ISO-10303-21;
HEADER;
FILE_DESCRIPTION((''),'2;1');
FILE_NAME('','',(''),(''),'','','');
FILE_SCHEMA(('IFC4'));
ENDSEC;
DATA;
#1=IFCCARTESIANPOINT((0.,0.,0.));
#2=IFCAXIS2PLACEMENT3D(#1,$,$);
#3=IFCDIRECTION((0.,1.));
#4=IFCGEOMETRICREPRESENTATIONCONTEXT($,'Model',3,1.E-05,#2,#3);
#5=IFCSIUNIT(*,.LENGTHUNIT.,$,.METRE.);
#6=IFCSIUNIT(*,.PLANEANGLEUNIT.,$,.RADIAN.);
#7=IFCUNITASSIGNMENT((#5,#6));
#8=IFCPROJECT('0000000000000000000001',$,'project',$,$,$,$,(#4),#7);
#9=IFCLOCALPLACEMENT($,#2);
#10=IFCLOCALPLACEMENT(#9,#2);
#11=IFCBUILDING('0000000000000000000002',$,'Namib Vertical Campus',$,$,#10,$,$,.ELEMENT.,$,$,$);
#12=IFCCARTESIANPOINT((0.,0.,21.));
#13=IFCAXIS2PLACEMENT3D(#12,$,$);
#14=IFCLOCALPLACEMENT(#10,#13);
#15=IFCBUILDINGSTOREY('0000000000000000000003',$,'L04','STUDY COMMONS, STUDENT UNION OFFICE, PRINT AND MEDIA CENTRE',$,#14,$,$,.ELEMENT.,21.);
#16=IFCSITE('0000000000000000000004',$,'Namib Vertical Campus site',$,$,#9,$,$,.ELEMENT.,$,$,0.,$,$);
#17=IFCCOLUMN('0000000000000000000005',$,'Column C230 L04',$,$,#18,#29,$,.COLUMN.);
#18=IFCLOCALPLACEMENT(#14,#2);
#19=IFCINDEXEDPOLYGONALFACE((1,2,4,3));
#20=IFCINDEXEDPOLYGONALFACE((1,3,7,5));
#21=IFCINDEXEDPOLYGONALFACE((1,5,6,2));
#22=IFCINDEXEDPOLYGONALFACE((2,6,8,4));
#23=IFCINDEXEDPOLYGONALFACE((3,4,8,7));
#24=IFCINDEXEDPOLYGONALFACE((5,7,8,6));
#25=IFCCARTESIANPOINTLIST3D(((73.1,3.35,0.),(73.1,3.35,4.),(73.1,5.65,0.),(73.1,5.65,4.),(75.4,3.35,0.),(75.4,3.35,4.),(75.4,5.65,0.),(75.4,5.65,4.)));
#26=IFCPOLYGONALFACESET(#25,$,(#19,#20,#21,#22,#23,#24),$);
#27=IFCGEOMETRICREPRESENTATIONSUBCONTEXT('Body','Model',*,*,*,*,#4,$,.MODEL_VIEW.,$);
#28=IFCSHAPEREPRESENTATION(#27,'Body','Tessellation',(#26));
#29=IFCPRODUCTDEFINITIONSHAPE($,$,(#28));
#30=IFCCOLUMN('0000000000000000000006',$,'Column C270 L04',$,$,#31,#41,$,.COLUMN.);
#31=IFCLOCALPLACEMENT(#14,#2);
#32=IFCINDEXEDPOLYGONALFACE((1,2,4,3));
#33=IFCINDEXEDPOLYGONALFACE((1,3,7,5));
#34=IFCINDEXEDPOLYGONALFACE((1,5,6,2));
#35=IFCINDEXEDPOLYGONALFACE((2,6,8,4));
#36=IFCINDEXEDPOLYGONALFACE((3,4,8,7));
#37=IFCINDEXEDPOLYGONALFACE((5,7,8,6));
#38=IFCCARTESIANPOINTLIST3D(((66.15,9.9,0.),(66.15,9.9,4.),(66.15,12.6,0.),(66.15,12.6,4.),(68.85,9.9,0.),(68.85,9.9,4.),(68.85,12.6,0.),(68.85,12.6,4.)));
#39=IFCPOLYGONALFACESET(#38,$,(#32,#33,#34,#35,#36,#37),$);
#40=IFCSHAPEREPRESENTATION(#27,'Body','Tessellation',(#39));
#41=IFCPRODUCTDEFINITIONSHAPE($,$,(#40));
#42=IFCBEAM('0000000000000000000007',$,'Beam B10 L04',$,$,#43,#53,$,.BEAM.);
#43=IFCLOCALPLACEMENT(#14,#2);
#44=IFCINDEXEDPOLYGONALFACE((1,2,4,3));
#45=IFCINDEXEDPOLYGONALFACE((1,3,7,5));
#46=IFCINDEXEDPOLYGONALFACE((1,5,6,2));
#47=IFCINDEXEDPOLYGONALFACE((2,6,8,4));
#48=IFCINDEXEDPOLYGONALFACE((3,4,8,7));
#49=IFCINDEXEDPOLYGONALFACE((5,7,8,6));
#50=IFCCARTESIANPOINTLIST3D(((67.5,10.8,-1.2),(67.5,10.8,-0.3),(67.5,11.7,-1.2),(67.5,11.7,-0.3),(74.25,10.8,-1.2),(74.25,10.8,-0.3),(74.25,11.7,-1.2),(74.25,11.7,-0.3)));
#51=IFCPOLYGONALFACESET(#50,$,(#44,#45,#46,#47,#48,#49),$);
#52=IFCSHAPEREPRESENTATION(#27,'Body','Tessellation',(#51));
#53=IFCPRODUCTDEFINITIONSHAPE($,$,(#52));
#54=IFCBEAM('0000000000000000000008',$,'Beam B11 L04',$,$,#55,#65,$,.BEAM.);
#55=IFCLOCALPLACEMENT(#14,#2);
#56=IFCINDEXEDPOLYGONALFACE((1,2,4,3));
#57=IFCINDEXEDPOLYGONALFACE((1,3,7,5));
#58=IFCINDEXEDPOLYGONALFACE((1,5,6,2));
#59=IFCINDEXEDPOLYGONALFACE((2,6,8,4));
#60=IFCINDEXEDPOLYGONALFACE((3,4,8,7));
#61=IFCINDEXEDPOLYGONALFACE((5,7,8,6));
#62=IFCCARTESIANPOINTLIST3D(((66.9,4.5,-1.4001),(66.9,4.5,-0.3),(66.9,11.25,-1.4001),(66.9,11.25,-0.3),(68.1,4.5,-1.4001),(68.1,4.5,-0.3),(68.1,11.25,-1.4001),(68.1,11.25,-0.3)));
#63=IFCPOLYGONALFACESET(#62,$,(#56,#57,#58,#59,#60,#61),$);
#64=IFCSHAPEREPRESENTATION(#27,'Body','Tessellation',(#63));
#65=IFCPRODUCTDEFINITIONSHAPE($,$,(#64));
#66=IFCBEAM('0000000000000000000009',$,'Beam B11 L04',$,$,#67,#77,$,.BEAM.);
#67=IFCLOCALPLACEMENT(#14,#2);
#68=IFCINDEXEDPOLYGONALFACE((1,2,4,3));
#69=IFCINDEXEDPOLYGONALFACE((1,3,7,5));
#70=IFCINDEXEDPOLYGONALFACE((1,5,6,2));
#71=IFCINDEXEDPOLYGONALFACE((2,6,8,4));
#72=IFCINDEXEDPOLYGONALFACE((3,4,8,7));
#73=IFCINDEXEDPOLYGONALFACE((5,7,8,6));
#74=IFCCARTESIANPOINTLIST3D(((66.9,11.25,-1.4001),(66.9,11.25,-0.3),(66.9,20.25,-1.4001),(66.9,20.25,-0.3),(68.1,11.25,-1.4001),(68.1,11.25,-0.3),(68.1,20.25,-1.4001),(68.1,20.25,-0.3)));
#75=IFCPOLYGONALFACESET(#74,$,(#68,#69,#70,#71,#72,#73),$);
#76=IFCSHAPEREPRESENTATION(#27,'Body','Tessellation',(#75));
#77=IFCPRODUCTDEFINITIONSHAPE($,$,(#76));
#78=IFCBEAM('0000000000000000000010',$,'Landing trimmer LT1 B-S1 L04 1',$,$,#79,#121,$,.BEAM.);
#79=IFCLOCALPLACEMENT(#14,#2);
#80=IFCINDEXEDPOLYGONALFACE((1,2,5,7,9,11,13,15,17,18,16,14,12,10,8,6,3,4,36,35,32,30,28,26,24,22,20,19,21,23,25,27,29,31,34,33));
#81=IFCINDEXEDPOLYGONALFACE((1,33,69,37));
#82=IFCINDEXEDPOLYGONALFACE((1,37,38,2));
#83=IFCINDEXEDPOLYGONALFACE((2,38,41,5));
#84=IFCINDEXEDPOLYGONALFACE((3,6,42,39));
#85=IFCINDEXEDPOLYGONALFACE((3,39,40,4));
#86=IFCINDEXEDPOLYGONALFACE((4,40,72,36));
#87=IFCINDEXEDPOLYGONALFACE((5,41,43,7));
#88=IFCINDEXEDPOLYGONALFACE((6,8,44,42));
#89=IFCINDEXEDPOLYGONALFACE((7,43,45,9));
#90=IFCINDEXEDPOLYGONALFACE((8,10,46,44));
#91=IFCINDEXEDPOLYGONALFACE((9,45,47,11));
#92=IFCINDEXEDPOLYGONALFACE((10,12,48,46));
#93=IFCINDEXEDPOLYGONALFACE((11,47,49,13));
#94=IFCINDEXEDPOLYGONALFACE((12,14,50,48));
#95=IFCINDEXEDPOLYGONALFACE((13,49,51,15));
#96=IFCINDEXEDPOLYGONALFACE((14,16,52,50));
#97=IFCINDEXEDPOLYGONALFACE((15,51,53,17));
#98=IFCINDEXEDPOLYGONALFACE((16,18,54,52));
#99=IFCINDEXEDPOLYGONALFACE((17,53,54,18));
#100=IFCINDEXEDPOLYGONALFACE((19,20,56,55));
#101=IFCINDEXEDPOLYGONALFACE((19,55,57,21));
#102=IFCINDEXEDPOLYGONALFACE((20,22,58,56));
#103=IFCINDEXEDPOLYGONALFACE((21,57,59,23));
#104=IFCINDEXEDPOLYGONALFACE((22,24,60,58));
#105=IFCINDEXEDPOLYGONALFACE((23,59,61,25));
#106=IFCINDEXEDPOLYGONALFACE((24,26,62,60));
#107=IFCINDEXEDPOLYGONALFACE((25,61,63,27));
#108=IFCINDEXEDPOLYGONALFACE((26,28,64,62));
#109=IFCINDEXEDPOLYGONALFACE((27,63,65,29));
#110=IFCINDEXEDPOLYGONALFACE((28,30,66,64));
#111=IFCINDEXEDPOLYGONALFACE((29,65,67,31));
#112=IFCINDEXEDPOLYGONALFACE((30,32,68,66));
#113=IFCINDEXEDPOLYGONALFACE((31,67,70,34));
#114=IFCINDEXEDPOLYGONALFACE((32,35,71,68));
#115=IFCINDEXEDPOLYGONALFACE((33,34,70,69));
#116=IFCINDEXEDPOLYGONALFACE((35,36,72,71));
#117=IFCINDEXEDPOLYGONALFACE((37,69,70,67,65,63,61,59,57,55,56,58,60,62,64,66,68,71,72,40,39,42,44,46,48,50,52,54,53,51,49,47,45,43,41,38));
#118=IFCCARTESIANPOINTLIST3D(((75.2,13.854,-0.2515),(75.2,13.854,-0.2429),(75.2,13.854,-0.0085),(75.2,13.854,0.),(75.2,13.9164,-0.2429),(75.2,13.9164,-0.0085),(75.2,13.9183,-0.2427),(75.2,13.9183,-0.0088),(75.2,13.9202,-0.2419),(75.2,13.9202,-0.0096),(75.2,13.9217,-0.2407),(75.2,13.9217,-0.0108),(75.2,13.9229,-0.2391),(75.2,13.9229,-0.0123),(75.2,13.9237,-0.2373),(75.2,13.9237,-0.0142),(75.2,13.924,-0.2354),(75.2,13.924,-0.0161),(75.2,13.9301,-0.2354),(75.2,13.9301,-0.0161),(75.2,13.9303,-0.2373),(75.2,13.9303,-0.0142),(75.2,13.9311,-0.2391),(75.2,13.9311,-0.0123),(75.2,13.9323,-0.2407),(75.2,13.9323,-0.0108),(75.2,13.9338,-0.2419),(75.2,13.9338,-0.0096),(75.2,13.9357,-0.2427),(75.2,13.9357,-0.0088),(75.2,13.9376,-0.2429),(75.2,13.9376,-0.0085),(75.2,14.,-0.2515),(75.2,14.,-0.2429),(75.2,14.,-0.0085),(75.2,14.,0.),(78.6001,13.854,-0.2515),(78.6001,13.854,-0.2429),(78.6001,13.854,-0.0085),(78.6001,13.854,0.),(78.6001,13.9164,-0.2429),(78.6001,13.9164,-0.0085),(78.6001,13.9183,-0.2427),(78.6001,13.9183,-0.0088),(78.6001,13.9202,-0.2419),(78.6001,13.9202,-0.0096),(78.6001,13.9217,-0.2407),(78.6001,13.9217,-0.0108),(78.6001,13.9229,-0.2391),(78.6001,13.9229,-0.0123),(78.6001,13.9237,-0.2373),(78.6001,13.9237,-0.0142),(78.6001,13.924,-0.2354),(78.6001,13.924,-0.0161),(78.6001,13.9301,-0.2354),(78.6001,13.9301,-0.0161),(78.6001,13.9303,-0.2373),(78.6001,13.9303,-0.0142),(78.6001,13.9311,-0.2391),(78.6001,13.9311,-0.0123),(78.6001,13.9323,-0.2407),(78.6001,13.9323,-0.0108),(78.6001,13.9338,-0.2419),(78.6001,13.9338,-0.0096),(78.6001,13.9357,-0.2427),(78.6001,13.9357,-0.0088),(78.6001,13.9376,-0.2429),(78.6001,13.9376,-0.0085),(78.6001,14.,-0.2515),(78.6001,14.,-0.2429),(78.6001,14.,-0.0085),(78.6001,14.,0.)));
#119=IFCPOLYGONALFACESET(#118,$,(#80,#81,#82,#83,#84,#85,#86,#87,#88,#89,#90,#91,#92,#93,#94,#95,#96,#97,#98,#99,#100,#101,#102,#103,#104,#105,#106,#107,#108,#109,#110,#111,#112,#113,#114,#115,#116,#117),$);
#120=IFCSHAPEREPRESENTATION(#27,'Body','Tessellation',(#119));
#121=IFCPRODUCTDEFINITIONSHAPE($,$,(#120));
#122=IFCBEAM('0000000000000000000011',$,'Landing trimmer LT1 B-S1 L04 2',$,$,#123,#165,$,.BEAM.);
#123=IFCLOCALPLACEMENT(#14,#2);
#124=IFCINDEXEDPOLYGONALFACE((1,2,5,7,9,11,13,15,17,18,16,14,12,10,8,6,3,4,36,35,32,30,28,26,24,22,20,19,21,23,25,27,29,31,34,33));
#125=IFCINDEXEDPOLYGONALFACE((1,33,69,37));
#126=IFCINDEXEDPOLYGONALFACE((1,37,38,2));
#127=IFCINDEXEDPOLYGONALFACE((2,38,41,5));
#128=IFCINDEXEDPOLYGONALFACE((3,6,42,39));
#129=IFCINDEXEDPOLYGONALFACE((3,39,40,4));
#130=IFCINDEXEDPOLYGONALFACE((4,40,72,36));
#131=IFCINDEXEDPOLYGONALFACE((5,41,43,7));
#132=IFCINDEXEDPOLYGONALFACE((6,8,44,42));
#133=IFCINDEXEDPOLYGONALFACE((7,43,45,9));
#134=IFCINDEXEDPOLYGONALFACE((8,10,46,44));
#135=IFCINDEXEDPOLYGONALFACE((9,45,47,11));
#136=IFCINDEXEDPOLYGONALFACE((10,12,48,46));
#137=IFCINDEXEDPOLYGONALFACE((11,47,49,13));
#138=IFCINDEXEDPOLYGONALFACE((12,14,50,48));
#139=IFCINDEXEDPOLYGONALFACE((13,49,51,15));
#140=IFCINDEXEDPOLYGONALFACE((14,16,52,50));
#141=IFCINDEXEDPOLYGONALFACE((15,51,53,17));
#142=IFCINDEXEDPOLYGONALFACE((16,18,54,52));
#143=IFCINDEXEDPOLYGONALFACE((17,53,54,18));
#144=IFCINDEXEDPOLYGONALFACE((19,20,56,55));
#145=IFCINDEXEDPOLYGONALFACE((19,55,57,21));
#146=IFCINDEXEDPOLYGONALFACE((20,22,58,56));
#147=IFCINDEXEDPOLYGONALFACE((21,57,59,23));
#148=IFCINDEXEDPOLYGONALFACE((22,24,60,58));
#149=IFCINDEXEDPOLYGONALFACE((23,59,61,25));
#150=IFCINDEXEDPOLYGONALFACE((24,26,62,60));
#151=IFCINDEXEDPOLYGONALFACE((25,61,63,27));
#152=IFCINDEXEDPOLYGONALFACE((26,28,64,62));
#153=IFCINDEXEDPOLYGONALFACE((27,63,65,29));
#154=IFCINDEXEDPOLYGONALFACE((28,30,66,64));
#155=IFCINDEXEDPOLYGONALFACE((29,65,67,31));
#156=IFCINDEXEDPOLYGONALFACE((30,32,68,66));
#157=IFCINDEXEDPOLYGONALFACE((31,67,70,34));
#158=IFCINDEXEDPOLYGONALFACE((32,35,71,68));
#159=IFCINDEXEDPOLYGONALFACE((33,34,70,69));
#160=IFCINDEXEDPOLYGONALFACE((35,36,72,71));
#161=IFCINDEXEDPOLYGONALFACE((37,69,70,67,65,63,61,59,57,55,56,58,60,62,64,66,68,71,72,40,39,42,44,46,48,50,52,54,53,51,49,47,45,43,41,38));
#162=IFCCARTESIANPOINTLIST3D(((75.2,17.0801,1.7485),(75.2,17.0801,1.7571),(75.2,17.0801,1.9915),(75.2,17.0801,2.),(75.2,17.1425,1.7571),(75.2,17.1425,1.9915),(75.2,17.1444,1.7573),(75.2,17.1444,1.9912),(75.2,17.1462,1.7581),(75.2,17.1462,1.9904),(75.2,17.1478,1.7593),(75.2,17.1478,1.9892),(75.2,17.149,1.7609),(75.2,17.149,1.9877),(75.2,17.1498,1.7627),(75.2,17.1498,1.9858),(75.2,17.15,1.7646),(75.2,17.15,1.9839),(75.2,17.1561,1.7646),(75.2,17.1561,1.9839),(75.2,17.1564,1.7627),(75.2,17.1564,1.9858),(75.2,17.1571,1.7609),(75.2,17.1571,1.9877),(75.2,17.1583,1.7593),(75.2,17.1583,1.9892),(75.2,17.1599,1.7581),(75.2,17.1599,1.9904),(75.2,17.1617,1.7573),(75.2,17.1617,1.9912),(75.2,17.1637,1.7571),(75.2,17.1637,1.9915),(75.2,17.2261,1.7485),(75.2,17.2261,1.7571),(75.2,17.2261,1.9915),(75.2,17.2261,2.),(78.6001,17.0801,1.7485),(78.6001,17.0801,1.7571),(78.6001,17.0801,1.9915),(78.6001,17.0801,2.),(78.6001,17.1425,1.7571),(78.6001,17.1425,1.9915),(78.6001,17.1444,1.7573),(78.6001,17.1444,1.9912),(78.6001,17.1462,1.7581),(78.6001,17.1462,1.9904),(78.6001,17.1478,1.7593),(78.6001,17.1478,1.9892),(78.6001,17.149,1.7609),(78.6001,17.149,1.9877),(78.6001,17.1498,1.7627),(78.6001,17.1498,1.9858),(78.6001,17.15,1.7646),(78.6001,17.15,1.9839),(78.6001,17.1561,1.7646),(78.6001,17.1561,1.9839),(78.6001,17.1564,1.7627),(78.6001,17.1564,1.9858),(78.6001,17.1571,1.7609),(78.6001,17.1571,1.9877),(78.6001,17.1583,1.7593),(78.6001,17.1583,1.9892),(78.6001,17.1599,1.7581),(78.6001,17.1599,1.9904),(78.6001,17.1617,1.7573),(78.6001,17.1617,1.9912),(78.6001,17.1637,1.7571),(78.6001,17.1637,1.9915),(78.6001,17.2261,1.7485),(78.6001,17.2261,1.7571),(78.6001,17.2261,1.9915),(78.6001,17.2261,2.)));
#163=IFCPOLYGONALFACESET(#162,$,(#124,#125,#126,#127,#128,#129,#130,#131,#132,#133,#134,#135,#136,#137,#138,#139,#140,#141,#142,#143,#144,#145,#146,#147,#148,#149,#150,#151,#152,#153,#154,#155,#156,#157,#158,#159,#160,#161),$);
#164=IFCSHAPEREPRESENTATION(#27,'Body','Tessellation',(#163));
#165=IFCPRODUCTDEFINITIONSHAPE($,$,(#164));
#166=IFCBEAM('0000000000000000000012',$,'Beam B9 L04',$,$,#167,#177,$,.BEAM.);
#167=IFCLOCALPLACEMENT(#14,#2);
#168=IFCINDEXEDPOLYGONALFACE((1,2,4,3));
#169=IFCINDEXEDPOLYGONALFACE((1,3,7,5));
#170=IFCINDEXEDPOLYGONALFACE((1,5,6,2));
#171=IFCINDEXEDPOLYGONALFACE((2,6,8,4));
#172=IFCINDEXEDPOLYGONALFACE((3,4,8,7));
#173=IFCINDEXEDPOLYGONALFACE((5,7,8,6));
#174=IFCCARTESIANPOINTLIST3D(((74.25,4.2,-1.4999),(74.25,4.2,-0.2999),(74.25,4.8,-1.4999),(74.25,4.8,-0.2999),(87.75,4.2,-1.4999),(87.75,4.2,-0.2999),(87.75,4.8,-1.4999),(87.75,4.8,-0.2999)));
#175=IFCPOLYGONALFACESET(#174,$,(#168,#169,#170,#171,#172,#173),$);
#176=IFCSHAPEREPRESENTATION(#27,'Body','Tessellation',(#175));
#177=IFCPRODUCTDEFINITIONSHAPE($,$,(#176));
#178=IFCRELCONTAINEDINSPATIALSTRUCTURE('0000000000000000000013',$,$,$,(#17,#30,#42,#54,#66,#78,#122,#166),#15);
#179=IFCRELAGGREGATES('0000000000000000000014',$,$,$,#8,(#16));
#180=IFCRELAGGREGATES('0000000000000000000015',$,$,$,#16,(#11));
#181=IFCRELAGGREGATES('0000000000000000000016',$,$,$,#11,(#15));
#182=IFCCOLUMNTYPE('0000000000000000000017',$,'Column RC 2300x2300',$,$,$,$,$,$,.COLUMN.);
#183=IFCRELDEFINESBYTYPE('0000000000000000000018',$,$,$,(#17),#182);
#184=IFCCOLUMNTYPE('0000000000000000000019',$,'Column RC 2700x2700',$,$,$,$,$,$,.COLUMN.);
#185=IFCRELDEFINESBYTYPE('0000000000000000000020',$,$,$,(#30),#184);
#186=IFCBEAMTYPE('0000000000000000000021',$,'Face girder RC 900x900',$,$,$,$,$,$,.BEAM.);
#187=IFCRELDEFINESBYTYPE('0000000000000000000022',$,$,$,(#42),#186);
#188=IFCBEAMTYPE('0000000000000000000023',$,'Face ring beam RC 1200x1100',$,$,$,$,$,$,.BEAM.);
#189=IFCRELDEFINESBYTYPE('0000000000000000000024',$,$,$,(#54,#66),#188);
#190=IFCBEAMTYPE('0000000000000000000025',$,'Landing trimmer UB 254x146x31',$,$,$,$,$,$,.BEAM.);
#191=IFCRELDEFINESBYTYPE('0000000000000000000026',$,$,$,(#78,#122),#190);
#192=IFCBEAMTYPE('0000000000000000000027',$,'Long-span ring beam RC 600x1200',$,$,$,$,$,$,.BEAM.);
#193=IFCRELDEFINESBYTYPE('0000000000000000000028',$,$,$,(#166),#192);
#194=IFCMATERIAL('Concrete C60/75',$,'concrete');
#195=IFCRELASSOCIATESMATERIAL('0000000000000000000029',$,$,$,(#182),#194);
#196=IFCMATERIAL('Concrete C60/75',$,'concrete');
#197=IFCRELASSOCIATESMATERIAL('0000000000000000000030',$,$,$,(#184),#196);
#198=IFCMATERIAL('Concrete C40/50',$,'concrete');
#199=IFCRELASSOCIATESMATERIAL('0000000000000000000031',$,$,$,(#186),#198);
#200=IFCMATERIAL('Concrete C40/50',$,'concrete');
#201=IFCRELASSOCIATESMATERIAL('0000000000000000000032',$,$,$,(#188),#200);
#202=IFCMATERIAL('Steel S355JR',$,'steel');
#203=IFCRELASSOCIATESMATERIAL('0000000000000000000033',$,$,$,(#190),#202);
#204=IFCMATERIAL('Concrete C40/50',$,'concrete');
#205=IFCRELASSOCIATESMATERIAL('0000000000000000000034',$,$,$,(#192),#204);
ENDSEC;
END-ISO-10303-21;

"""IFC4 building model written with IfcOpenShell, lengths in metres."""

from ifc_helpers import new_model, si_unit, direction, frame, origin, origin_2d, place, context, subcontext, project, spatial, rectangle, i_section, extrude, material, material_profile, profile_set, type_object, element, save


model = new_model("IFC4")

# Units and contexts
model_context = context("Model", 3, precision=1e-05, world=origin(), true_north=direction((0.0, 1.0)))
body_context = subcontext(model_context, "Body", "Model", "MODEL_VIEW")
ifc_project = project(units=[si_unit("LENGTHUNIT", "METRE"), si_unit("PLANEANGLEUNIT", "RADIAN")], contexts=[model_context])

# Site, building, storey
site_placement = place(None, origin())
site = spatial("IfcSite", under=ifc_project, at=site_placement, Name="Namib Vertical Campus site", CompositionType="ELEMENT", RefElevation=0.0)
building_placement = place(site_placement, origin())
building = spatial("IfcBuilding", under=site, at=building_placement, Name="Namib Vertical Campus", CompositionType="ELEMENT")
storey_placement = place(building_placement, frame((0.0, 0.0, 21.0)))
storey = spatial("IfcBuildingStorey", under=building, at=storey_placement, Name="L04", Description="STUDY COMMONS, STUDENT UNION OFFICE, PRINT AND MEDIA CENTRE", CompositionType="ELEMENT", Elevation=21.0)

# Columns
ifc_material_1 = material(Name="Concrete C60/75", Category="concrete")
ifc_material_profile_1 = material_profile(ifc_material_1, rectangle(XDim=2.3, YDim=2.3, at=origin_2d()))
ifc_profile_set_1 = profile_set([ifc_material_profile_1], Name="Concrete C60/75")
column_type_1 = type_object("IfcColumnType", Name="Column RC 2300x2300", PredefinedType="COLUMN", material=ifc_profile_set_1)
column_1_placement = place(storey_placement, frame((74.25, 4.5, 0.0), z_axis=(0.0, 0.0, 1.0), x_axis=(1.0, 0.0, 0.0)))
element("IfcColumn", 1, at=column_1_placement, inside=storey, type_object=column_type_1, Name="Column C230 L04", PredefinedType="COLUMN", context=body_context, shape_type="SweptSolid", body=[
    extrude(rectangle(XDim=2.3, YDim=2.3, at=origin_2d()), origin(), (0.0, 0.0, 1.0), 4.0),
])
ifc_material_2 = material(Name="Concrete C60/75", Category="concrete")
ifc_material_profile_2 = material_profile(ifc_material_2, rectangle(XDim=2.7, YDim=2.7, at=origin_2d()))
ifc_profile_set_2 = profile_set([ifc_material_profile_2], Name="Concrete C60/75")
column_type_2 = type_object("IfcColumnType", Name="Column RC 2700x2700", PredefinedType="COLUMN", material=ifc_profile_set_2)
column_2_placement = place(storey_placement, frame((67.5, 11.25, 0.0), z_axis=(0.0, 0.0, 1.0), x_axis=(1.0, 0.0, 0.0)))
element("IfcColumn", 2, at=column_2_placement, inside=storey, type_object=column_type_2, Name="Column C270 L04", PredefinedType="COLUMN", context=body_context, shape_type="SweptSolid", body=[
    extrude(rectangle(XDim=2.7, YDim=2.7, at=origin_2d()), origin(), (0.0, 0.0, 1.0), 4.0),
])

# Beams
ifc_material_3 = material(Name="Concrete C40/50", Category="concrete")
ifc_material_profile_3 = material_profile(ifc_material_3, rectangle(XDim=0.8999, YDim=0.8999, at=origin_2d()))
ifc_profile_set_3 = profile_set([ifc_material_profile_3], Name="Concrete C40/50")
beam_type_1 = type_object("IfcBeamType", Name="Face girder RC 900x900", PredefinedType="BEAM", material=ifc_profile_set_3)
beam_1_placement = place(storey_placement, frame((67.5, 11.25, -0.75), z_axis=(1.0, 0.0, 0.0), x_axis=(0.0, 1.0, 0.0)))
element("IfcBeam", 3, at=beam_1_placement, inside=storey, type_object=beam_type_1, Name="Beam B10 L04", PredefinedType="BEAM", context=body_context, shape_type="SweptSolid", body=[
    extrude(rectangle(XDim=0.8999, YDim=0.8999, at=origin_2d()), origin(), (0.0, 0.0, 1.0), 6.75),
])
ifc_material_4 = material(Name="Concrete C40/50", Category="concrete")
ifc_material_profile_4 = material_profile(ifc_material_4, rectangle(XDim=1.2, YDim=1.1001, at=origin_2d()))
ifc_profile_set_4 = profile_set([ifc_material_profile_4], Name="Concrete C40/50")
beam_type_2 = type_object("IfcBeamType", Name="Face ring beam RC 1200x1100", PredefinedType="BEAM", material=ifc_profile_set_4)
beam_2_placement = place(storey_placement, frame((67.5, 4.5, -0.8501), z_axis=(0.0, 1.0, 0.0), x_axis=(-1.0, 0.0, 0.0)))
element("IfcBeam", 4, at=beam_2_placement, inside=storey, type_object=beam_type_2, Name="Beam B11 L04", PredefinedType="BEAM", context=body_context, shape_type="SweptSolid", body=[
    extrude(rectangle(XDim=1.2, YDim=1.1001, at=origin_2d()), origin(), (0.0, 0.0, 1.0), 6.75),
])
beam_3_placement = place(storey_placement, frame((67.5, 11.25, -0.8501), z_axis=(0.0, 1.0, 0.0), x_axis=(-1.0, 0.0, 0.0)))
element("IfcBeam", 5, at=beam_3_placement, inside=storey, type_object=beam_type_2, Name="Beam B11 L04", PredefinedType="BEAM", context=body_context, shape_type="SweptSolid", body=[
    extrude(rectangle(XDim=1.2, YDim=1.1001, at=origin_2d()), origin(), (0.0, 0.0, 1.0), 9.0),
])
ifc_material_5 = material(Name="Steel S355JR", Category="steel")
ifc_material_profile_5 = material_profile(ifc_material_5, i_section(OverallWidth=0.146, OverallDepth=0.2515, WebThickness=0.0061, FlangeThickness=0.0085, FilletRadius=0.0076, at=origin_2d()))
ifc_profile_set_5 = profile_set([ifc_material_profile_5], Name="Steel S355JR")
beam_type_3 = type_object("IfcBeamType", Name="Landing trimmer UB 254x146x31", PredefinedType="BEAM", material=ifc_profile_set_5)
for number, where, z_axis, x_axis, name in (
    (6, (75.2, 13.927, -0.1257), (1.0, 0.0, 0.0), (0.0, 1.0, 0.0), "Landing trimmer LT1 B-S1 L04 1"),
    (7, (75.2, 17.1531, 1.8743), (1.0, 0.0, 0.0), (0.0, 1.0, 0.0), "Landing trimmer LT1 B-S1 L04 2"),
):
    element("IfcBeam", number, at=place(storey_placement, frame(where, z_axis=z_axis, x_axis=x_axis)), inside=storey, type_object=beam_type_3, Name=name, PredefinedType="BEAM", context=body_context, shape_type="SweptSolid", body=[
        extrude(i_section(OverallWidth=0.146, OverallDepth=0.2515, WebThickness=0.0061, FlangeThickness=0.0085, FilletRadius=0.0076, at=origin_2d()), origin(), (0.0, 0.0, 1.0), 3.4001),
    ])
ifc_material_6 = material(Name="Concrete C40/50", Category="concrete")
ifc_material_profile_6 = material_profile(ifc_material_6, rectangle(XDim=0.6001, YDim=1.2, at=origin_2d()))
ifc_profile_set_6 = profile_set([ifc_material_profile_6], Name="Concrete C40/50")
beam_type_4 = type_object("IfcBeamType", Name="Long-span ring beam RC 600x1200", PredefinedType="BEAM", material=ifc_profile_set_6)
beam_4_placement = place(storey_placement, frame((74.25, 4.5, -0.8999), z_axis=(1.0, 0.0, 0.0), x_axis=(0.0, 1.0, 0.0)))
element("IfcBeam", 8, at=beam_4_placement, inside=storey, type_object=beam_type_4, Name="Beam B9 L04", PredefinedType="BEAM", context=body_context, shape_type="SweptSolid", body=[
    extrude(rectangle(XDim=0.6001, YDim=1.2, at=origin_2d()), origin(), (0.0, 0.0, 1.0), 13.5),
])

save(model, "model.ifc")
